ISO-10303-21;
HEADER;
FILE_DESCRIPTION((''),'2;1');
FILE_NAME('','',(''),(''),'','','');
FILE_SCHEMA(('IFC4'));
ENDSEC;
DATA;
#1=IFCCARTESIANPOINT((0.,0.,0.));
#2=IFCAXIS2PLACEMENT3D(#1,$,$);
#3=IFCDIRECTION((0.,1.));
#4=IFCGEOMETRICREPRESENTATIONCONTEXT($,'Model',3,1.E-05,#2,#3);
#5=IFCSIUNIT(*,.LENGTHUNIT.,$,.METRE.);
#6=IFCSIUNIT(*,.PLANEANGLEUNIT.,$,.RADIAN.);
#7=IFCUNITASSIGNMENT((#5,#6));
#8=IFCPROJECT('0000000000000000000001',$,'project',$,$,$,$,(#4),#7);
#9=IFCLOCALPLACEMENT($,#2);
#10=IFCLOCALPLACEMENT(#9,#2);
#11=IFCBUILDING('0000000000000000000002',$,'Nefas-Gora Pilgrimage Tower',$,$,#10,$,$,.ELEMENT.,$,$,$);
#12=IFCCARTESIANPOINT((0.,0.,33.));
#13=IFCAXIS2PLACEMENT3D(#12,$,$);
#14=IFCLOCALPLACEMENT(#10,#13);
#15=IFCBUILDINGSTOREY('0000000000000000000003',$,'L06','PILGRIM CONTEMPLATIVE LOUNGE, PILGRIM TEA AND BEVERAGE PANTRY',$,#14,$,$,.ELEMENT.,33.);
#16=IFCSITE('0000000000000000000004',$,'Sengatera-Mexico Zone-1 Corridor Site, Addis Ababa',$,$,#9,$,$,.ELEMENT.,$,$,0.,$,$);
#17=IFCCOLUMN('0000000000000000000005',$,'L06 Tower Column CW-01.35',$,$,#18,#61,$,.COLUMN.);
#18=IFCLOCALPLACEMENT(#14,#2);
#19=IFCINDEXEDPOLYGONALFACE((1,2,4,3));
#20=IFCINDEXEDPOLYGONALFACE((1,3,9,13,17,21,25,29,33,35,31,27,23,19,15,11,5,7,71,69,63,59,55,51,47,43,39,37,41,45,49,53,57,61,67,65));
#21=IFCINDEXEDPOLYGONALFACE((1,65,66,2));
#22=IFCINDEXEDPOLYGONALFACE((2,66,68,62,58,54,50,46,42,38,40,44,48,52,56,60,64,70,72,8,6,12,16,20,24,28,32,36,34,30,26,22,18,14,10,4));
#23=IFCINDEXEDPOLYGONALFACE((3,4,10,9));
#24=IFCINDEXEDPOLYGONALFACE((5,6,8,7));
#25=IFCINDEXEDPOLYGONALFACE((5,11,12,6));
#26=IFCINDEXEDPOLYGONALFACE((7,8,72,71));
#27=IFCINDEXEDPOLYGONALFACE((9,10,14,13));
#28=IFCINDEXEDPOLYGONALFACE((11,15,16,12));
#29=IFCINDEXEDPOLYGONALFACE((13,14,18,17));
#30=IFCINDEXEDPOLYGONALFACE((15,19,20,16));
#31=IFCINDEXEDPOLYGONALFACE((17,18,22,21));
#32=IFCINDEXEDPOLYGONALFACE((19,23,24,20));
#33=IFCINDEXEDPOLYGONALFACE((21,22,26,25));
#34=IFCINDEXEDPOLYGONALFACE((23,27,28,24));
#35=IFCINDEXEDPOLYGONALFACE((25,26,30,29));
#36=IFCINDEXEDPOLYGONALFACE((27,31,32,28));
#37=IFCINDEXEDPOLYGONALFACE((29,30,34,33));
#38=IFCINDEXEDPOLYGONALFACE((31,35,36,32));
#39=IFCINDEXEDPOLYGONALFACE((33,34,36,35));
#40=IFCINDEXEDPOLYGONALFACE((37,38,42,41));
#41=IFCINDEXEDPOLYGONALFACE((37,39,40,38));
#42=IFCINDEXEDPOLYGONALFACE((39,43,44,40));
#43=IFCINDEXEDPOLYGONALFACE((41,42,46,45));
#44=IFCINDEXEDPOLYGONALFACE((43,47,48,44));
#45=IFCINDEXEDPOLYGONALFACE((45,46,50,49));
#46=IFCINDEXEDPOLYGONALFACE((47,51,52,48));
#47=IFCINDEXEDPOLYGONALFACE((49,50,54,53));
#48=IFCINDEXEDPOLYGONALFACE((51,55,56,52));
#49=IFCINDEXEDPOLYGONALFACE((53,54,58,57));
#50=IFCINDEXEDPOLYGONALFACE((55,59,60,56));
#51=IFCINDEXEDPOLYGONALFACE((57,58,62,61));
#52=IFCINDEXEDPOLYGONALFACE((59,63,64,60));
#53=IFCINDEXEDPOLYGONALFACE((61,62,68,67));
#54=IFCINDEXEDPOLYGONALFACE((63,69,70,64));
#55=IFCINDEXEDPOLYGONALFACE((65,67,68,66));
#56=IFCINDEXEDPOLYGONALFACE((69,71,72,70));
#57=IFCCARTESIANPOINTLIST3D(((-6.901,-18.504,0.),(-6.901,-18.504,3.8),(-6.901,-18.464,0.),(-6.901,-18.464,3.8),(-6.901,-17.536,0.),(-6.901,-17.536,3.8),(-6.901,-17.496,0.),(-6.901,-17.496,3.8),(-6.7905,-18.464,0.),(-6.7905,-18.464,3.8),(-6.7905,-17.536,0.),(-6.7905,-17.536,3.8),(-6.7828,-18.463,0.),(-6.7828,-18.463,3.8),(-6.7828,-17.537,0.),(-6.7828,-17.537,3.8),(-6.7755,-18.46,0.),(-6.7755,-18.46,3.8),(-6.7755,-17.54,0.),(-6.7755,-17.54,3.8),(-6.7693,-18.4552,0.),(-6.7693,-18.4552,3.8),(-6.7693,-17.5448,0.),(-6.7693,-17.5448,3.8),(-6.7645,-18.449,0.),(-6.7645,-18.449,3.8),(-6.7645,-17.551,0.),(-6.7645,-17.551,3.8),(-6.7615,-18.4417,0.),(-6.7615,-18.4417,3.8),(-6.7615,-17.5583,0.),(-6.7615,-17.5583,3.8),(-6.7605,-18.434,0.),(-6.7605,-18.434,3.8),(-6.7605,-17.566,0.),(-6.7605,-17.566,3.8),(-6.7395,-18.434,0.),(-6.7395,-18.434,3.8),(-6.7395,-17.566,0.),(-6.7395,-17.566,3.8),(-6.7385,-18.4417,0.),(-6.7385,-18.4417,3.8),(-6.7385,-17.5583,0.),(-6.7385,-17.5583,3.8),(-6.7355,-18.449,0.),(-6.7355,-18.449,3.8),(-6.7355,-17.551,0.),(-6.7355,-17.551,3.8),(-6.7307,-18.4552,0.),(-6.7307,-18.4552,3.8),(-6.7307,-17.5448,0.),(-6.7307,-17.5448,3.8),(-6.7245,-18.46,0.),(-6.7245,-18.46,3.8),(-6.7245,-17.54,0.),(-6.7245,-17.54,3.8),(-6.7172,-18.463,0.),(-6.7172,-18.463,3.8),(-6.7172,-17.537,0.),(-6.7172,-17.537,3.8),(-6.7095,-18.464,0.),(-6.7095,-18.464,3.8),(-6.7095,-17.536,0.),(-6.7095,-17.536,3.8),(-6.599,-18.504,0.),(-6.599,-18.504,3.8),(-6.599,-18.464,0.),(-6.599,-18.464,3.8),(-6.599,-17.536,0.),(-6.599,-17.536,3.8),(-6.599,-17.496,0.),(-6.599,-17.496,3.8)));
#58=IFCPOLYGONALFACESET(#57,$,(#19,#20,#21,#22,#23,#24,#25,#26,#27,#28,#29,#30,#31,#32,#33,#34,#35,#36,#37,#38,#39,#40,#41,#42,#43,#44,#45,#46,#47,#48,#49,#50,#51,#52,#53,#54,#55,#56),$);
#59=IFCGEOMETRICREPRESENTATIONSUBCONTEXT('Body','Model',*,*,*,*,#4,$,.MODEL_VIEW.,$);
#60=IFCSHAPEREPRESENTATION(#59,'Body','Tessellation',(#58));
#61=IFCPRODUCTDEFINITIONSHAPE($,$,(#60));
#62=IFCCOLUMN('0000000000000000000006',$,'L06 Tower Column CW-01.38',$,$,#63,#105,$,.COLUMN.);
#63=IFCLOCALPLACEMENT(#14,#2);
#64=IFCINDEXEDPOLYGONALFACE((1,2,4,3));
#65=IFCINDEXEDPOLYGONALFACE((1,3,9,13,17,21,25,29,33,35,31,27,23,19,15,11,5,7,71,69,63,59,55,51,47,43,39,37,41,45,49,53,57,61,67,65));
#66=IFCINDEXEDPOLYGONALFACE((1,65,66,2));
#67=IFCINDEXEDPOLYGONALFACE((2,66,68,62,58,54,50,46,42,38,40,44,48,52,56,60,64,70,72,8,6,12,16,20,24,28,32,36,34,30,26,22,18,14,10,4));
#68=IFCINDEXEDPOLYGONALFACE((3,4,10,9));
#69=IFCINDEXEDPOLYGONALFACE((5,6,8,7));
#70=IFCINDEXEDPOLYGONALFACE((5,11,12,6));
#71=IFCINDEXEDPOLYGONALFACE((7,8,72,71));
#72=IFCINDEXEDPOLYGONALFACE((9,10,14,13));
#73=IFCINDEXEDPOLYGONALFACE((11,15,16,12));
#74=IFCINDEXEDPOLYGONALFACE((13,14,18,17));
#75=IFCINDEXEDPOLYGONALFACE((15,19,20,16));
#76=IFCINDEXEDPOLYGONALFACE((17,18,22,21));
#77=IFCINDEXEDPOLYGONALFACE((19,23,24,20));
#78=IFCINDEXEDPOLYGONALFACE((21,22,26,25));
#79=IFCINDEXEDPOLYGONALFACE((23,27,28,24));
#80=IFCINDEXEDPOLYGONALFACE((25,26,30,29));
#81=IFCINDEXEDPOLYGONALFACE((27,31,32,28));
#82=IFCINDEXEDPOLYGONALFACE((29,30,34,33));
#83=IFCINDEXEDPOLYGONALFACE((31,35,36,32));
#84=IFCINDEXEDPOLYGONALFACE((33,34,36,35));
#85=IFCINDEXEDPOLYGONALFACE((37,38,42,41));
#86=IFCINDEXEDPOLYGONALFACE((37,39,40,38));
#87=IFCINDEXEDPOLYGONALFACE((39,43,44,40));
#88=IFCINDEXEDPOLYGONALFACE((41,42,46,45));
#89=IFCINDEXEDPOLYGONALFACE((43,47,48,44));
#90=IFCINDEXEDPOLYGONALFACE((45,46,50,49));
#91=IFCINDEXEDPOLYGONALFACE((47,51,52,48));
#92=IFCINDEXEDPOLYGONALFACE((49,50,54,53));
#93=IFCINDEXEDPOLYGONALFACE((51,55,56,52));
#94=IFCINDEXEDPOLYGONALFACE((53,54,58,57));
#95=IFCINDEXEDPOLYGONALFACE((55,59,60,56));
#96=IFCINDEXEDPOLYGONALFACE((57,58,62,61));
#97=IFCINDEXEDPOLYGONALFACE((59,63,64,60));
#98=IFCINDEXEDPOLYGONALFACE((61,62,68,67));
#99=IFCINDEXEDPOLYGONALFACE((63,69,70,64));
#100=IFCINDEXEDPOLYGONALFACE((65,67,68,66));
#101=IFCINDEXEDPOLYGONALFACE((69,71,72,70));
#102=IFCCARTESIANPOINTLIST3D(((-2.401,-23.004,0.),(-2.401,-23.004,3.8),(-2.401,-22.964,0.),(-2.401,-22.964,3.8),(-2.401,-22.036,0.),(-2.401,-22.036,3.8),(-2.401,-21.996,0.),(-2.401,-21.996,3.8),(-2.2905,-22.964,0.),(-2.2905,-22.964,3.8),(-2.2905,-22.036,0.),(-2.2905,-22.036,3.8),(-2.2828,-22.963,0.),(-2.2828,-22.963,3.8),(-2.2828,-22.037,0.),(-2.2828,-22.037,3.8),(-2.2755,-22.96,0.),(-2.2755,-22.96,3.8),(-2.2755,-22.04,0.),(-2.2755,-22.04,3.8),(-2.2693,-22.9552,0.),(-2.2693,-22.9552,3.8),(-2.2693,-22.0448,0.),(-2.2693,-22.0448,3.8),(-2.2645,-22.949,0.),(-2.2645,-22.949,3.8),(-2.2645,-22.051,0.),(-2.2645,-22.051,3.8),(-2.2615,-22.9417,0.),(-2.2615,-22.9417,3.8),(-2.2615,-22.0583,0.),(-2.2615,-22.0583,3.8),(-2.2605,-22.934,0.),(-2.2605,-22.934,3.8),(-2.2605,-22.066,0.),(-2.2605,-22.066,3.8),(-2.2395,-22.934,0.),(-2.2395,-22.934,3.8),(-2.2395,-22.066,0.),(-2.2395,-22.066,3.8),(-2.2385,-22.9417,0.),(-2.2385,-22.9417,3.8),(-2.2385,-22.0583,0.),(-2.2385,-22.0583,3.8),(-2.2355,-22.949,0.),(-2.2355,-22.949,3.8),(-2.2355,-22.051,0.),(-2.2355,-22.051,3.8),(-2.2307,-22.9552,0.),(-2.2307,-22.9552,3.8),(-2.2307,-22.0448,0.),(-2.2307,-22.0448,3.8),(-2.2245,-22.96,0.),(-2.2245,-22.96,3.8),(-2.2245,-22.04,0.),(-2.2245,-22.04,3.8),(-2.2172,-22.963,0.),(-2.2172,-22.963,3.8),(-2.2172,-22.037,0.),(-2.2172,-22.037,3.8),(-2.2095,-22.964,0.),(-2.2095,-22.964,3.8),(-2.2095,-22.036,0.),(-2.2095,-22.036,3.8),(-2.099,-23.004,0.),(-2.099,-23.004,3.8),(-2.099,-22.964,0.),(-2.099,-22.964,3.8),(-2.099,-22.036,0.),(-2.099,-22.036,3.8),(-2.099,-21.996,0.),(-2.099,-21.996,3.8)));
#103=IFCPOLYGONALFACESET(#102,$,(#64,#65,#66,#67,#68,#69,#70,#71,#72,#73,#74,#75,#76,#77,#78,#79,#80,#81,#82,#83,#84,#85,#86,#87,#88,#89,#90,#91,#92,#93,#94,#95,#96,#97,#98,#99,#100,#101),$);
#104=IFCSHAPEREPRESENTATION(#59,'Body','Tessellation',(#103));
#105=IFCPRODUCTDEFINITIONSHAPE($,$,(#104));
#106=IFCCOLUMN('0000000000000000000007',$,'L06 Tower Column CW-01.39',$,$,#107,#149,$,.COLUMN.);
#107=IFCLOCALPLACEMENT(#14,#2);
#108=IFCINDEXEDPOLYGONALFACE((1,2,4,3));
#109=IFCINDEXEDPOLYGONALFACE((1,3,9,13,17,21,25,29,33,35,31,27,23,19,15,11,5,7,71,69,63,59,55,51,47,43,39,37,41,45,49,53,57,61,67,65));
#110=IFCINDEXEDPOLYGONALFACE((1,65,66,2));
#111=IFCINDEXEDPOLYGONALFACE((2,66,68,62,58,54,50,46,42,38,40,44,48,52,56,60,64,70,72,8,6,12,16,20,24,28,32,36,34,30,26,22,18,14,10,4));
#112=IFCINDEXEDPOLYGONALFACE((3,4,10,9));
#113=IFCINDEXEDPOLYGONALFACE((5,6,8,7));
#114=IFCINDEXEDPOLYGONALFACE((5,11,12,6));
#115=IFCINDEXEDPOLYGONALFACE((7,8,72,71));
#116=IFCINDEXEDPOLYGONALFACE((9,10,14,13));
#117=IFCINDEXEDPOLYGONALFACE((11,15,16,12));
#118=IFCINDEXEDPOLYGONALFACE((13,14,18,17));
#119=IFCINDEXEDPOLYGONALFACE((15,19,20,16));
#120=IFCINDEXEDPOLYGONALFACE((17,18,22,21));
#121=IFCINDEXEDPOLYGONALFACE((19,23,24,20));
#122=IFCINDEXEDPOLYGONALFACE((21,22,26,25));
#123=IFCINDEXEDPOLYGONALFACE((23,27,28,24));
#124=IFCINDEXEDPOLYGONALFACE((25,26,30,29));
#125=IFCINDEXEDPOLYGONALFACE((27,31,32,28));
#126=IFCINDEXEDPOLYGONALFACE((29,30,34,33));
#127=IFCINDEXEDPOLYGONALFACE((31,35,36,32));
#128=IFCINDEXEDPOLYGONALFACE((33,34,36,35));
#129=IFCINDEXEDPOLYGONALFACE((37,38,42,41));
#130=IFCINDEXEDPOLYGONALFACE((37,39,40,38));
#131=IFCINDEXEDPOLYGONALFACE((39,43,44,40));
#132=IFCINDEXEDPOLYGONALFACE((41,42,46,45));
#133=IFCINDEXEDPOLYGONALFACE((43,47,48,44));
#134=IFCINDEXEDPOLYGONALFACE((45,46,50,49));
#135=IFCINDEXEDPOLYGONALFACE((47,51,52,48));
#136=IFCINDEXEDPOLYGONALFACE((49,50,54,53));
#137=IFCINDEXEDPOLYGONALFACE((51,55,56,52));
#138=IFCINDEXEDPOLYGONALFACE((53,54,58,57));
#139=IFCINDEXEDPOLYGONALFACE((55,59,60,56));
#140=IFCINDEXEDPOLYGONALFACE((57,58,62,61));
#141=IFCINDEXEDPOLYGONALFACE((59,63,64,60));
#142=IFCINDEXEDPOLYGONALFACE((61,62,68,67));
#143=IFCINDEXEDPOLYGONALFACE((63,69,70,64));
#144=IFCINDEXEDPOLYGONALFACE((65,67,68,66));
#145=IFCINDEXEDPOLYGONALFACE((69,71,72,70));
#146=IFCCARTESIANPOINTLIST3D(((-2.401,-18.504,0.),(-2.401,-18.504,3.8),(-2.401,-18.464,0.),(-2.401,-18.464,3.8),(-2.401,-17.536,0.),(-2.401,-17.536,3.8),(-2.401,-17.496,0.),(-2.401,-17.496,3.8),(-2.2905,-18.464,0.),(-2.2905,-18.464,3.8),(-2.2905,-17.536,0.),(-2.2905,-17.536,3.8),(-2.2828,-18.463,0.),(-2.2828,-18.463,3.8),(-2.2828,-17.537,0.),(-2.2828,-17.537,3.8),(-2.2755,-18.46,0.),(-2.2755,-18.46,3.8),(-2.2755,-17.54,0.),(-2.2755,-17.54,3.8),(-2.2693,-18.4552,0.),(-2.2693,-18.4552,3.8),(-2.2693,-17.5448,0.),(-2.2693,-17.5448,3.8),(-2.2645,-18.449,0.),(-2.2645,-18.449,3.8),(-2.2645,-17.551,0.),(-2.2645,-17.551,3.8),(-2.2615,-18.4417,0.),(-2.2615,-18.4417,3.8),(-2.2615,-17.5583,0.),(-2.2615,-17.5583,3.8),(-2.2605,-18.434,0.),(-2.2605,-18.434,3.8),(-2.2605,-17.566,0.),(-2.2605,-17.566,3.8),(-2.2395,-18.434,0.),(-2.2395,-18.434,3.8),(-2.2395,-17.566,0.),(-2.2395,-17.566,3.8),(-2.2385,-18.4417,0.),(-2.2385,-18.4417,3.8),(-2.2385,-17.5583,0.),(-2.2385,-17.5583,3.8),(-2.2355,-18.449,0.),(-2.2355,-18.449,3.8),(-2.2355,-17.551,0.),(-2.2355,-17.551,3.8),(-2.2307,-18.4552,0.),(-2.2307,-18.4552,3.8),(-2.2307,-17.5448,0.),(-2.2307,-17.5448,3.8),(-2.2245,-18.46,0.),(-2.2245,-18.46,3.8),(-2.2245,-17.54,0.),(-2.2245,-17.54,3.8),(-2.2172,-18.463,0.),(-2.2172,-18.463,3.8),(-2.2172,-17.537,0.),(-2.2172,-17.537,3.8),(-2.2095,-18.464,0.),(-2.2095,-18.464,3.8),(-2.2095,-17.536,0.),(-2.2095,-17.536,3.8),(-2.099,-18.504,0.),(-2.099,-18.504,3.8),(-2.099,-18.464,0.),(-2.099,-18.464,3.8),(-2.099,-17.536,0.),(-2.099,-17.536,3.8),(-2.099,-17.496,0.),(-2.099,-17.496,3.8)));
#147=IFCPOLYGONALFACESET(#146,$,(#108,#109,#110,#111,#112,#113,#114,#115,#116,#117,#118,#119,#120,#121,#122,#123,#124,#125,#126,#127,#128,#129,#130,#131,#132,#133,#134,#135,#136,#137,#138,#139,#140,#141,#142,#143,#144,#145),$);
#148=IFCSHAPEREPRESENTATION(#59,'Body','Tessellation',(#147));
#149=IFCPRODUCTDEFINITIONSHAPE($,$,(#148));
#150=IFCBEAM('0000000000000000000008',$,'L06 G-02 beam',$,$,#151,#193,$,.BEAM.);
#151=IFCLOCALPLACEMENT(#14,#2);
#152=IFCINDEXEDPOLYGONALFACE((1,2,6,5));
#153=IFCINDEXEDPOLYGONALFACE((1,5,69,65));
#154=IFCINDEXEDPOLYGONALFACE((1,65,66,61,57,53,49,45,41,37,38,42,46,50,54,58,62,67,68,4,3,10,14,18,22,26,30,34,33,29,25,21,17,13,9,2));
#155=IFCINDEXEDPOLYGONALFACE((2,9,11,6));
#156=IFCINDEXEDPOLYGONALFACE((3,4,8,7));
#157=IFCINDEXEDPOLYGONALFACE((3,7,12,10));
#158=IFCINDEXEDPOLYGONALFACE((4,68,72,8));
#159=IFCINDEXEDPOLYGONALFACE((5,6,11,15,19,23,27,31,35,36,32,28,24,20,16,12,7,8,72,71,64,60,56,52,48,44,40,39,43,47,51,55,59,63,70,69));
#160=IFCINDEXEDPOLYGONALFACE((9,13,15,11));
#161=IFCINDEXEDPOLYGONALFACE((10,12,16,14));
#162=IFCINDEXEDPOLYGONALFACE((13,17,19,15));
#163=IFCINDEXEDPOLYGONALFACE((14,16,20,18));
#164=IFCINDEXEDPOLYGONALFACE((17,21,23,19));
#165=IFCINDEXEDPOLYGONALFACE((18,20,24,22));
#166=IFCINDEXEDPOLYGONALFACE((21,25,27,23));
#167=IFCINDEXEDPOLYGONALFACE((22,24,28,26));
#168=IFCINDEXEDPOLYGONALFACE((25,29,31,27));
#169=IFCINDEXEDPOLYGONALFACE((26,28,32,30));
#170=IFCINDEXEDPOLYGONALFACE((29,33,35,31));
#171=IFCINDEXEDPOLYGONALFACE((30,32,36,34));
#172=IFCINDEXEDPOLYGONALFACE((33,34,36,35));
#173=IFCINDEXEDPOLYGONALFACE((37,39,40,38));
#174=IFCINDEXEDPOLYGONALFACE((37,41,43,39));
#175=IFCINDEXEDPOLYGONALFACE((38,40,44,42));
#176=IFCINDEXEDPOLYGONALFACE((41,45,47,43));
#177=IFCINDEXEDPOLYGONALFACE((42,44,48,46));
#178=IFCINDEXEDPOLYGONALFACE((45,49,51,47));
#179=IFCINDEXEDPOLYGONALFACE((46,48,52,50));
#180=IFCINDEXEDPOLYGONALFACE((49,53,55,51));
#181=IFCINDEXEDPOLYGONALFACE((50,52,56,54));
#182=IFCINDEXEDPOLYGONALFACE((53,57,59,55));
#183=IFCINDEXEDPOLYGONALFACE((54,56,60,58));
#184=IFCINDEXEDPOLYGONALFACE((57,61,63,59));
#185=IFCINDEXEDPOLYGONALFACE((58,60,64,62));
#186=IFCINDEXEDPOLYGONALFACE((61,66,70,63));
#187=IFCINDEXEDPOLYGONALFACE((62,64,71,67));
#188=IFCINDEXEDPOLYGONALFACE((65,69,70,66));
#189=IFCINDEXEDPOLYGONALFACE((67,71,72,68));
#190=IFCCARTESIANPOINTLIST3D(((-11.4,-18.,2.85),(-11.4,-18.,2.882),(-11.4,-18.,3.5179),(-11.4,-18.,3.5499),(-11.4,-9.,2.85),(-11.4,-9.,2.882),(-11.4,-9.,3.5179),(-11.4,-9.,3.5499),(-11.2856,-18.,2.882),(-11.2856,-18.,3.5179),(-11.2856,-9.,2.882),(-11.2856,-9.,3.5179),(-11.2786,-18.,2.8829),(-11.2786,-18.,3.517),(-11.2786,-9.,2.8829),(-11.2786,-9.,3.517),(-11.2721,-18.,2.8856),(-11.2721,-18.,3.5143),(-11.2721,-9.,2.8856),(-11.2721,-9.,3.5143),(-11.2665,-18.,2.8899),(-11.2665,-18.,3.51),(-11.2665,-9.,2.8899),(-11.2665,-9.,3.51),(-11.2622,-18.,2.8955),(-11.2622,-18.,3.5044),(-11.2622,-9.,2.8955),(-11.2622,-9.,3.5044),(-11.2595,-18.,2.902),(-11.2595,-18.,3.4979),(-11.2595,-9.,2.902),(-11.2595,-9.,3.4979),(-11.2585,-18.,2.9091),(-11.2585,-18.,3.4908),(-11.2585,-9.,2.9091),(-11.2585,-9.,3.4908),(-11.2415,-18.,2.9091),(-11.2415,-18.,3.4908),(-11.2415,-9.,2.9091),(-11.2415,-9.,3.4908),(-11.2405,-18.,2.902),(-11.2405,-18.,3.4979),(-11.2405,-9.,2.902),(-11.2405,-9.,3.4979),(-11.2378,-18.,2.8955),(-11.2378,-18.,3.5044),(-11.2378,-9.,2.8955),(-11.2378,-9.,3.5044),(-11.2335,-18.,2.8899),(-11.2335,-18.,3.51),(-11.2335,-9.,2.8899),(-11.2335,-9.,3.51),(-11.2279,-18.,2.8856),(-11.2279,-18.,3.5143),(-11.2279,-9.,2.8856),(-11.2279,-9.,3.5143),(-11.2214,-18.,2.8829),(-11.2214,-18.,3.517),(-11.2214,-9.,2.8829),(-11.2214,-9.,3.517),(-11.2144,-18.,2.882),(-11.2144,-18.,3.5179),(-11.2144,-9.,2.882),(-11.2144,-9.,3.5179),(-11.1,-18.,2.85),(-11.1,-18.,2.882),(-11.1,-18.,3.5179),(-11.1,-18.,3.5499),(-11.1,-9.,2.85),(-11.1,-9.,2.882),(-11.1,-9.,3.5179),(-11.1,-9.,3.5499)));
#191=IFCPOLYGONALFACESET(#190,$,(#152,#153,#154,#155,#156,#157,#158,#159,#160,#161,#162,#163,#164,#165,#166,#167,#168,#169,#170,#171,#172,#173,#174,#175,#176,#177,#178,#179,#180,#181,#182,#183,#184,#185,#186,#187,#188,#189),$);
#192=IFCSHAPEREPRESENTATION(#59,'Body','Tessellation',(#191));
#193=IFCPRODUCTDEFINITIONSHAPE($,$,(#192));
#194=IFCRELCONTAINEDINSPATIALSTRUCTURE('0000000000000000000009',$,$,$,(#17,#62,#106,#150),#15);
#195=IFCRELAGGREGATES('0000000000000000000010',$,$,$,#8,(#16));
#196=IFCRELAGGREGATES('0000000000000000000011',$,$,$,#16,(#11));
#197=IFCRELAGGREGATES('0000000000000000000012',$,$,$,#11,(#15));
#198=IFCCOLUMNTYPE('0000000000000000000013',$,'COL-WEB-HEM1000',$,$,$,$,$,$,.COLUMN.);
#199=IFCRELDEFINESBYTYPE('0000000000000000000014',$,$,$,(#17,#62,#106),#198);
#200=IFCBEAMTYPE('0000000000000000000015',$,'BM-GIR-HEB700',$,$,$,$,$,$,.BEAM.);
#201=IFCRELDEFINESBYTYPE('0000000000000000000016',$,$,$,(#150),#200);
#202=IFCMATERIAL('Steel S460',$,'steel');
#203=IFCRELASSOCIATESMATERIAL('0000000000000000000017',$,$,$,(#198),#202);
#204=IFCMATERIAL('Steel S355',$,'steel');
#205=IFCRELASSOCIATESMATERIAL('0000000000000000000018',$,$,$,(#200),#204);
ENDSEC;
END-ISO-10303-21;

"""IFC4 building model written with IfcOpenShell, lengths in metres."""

from ifc_helpers import new_model, si_unit, direction, frame, origin, origin_2d, place, context, subcontext, project, spatial, i_section, extrude, source, transform, mapped, material, material_profile, profile_set, type_object, element, save


model = new_model("IFC4")

# Units and contexts
model_context = context("Model", 3, precision=1e-05, world=origin(), true_north=direction((0.0, 1.0)))
body_context = subcontext(model_context, "Body", "Model", "MODEL_VIEW")
ifc_project = project(units=[si_unit("LENGTHUNIT", "METRE"), si_unit("PLANEANGLEUNIT", "RADIAN")], contexts=[model_context])

# Site, building, storey
site_placement = place(None, origin())
site = spatial("IfcSite", under=ifc_project, at=site_placement, Name="Sengatera-Mexico Zone-1 Corridor Site, Addis Ababa", CompositionType="ELEMENT", RefElevation=0.0)
building_placement = place(site_placement, origin())
building = spatial("IfcBuilding", under=site, at=building_placement, Name="Nefas-Gora Pilgrimage Tower", CompositionType="ELEMENT")
storey_placement = place(building_placement, frame((0.0, 0.0, 33.0)))
storey = spatial("IfcBuildingStorey", under=building, at=storey_placement, Name="L06", Description="PILGRIM CONTEMPLATIVE LOUNGE, PILGRIM TEA AND BEVERAGE PANTRY", CompositionType="ELEMENT", Elevation=33.0)

# Columns
ifc_material_1 = material(Name="Steel S460", Category="steel")
ifc_material_profile_1 = material_profile(ifc_material_1, i_section(OverallWidth=0.302, OverallDepth=1.0081, WebThickness=0.021, FlangeThickness=0.04, FilletRadius=0.03, at=origin_2d()), Name="HEM 1000")
ifc_profile_set_1 = profile_set([ifc_material_profile_1], Name="Steel S460")
column_type_1 = type_object("IfcColumnType", Name="COL-WEB-HEM1000", PredefinedType="COLUMN", material=ifc_profile_set_1)
shared_shape_1 = source(origin(), body_context, "Body", "SweptSolid", [
    extrude(i_section(OverallWidth=0.302, OverallDepth=1.0081, WebThickness=0.021, FlangeThickness=0.04, FilletRadius=0.03, at=origin_2d()), origin(), (0.0, 0.0, 1.0), 3.8),
])
for number, where, z_axis, x_axis, name in (
    (1, (-6.75, -18.0, 0.0), (0.0, 0.0, 1.0), (1.0, 0.0, 0.0), "L06 Tower Column CW-01.35"),
    (2, (-2.25, -22.5, 0.0), (0.0, 0.0, 1.0), (1.0, 0.0, 0.0), "L06 Tower Column CW-01.38"),
    (3, (-2.25, -18.0, 0.0), (0.0, 0.0, 1.0), (1.0, 0.0, 0.0), "L06 Tower Column CW-01.39"),
):
    element("IfcColumn", number, at=place(storey_placement, frame(where, z_axis=z_axis, x_axis=x_axis)), inside=storey, type_object=column_type_1, Name=name, PredefinedType="COLUMN", context=body_context, shape_type="MappedRepresentation", body=[
        mapped(shared_shape_1, transform((0.0, 0.0, 0.0), x_axis=(1.0, 0.0, 0.0), y_axis=(0.0, 1.0, 0.0), z_axis=(0.0, 0.0, 1.0), scale=1.0)),
    ])

# Beam
ifc_material_2 = material(Name="Steel S355", Category="steel")
ifc_material_profile_2 = material_profile(ifc_material_2, i_section(OverallWidth=0.3, OverallDepth=0.7, WebThickness=0.0171, FlangeThickness=0.032, FilletRadius=0.0271, at=origin_2d()), Name="HEB 700")
ifc_profile_set_2 = profile_set([ifc_material_profile_2], Name="Steel S355")
beam_type = type_object("IfcBeamType", Name="BM-GIR-HEB700", PredefinedType="BEAM", material=ifc_profile_set_2)
shared_shape_2 = source(origin(), body_context, "Body", "SweptSolid", [
    extrude(i_section(OverallWidth=0.3, OverallDepth=0.7, WebThickness=0.0171, FlangeThickness=0.032, FilletRadius=0.0271, at=origin_2d()), origin(), (0.0, 0.0, 1.0), 9.0),
])
beam_placement = place(storey_placement, frame((-11.25, -18.0, 3.2), z_axis=(0.0, 1.0, 0.0), x_axis=(-1.0, 0.0, 0.0)))
element("IfcBeam", 4, at=beam_placement, inside=storey, type_object=beam_type, Name="L06 G-02 beam", PredefinedType="BEAM", context=body_context, shape_type="MappedRepresentation", body=[
    mapped(shared_shape_2, transform((0.0, 0.0, 0.0), x_axis=(1.0, 0.0, 0.0), y_axis=(0.0, 1.0, 0.0), z_axis=(0.0, 0.0, 1.0), scale=1.0)),
])

save(model, "model.ifc")
